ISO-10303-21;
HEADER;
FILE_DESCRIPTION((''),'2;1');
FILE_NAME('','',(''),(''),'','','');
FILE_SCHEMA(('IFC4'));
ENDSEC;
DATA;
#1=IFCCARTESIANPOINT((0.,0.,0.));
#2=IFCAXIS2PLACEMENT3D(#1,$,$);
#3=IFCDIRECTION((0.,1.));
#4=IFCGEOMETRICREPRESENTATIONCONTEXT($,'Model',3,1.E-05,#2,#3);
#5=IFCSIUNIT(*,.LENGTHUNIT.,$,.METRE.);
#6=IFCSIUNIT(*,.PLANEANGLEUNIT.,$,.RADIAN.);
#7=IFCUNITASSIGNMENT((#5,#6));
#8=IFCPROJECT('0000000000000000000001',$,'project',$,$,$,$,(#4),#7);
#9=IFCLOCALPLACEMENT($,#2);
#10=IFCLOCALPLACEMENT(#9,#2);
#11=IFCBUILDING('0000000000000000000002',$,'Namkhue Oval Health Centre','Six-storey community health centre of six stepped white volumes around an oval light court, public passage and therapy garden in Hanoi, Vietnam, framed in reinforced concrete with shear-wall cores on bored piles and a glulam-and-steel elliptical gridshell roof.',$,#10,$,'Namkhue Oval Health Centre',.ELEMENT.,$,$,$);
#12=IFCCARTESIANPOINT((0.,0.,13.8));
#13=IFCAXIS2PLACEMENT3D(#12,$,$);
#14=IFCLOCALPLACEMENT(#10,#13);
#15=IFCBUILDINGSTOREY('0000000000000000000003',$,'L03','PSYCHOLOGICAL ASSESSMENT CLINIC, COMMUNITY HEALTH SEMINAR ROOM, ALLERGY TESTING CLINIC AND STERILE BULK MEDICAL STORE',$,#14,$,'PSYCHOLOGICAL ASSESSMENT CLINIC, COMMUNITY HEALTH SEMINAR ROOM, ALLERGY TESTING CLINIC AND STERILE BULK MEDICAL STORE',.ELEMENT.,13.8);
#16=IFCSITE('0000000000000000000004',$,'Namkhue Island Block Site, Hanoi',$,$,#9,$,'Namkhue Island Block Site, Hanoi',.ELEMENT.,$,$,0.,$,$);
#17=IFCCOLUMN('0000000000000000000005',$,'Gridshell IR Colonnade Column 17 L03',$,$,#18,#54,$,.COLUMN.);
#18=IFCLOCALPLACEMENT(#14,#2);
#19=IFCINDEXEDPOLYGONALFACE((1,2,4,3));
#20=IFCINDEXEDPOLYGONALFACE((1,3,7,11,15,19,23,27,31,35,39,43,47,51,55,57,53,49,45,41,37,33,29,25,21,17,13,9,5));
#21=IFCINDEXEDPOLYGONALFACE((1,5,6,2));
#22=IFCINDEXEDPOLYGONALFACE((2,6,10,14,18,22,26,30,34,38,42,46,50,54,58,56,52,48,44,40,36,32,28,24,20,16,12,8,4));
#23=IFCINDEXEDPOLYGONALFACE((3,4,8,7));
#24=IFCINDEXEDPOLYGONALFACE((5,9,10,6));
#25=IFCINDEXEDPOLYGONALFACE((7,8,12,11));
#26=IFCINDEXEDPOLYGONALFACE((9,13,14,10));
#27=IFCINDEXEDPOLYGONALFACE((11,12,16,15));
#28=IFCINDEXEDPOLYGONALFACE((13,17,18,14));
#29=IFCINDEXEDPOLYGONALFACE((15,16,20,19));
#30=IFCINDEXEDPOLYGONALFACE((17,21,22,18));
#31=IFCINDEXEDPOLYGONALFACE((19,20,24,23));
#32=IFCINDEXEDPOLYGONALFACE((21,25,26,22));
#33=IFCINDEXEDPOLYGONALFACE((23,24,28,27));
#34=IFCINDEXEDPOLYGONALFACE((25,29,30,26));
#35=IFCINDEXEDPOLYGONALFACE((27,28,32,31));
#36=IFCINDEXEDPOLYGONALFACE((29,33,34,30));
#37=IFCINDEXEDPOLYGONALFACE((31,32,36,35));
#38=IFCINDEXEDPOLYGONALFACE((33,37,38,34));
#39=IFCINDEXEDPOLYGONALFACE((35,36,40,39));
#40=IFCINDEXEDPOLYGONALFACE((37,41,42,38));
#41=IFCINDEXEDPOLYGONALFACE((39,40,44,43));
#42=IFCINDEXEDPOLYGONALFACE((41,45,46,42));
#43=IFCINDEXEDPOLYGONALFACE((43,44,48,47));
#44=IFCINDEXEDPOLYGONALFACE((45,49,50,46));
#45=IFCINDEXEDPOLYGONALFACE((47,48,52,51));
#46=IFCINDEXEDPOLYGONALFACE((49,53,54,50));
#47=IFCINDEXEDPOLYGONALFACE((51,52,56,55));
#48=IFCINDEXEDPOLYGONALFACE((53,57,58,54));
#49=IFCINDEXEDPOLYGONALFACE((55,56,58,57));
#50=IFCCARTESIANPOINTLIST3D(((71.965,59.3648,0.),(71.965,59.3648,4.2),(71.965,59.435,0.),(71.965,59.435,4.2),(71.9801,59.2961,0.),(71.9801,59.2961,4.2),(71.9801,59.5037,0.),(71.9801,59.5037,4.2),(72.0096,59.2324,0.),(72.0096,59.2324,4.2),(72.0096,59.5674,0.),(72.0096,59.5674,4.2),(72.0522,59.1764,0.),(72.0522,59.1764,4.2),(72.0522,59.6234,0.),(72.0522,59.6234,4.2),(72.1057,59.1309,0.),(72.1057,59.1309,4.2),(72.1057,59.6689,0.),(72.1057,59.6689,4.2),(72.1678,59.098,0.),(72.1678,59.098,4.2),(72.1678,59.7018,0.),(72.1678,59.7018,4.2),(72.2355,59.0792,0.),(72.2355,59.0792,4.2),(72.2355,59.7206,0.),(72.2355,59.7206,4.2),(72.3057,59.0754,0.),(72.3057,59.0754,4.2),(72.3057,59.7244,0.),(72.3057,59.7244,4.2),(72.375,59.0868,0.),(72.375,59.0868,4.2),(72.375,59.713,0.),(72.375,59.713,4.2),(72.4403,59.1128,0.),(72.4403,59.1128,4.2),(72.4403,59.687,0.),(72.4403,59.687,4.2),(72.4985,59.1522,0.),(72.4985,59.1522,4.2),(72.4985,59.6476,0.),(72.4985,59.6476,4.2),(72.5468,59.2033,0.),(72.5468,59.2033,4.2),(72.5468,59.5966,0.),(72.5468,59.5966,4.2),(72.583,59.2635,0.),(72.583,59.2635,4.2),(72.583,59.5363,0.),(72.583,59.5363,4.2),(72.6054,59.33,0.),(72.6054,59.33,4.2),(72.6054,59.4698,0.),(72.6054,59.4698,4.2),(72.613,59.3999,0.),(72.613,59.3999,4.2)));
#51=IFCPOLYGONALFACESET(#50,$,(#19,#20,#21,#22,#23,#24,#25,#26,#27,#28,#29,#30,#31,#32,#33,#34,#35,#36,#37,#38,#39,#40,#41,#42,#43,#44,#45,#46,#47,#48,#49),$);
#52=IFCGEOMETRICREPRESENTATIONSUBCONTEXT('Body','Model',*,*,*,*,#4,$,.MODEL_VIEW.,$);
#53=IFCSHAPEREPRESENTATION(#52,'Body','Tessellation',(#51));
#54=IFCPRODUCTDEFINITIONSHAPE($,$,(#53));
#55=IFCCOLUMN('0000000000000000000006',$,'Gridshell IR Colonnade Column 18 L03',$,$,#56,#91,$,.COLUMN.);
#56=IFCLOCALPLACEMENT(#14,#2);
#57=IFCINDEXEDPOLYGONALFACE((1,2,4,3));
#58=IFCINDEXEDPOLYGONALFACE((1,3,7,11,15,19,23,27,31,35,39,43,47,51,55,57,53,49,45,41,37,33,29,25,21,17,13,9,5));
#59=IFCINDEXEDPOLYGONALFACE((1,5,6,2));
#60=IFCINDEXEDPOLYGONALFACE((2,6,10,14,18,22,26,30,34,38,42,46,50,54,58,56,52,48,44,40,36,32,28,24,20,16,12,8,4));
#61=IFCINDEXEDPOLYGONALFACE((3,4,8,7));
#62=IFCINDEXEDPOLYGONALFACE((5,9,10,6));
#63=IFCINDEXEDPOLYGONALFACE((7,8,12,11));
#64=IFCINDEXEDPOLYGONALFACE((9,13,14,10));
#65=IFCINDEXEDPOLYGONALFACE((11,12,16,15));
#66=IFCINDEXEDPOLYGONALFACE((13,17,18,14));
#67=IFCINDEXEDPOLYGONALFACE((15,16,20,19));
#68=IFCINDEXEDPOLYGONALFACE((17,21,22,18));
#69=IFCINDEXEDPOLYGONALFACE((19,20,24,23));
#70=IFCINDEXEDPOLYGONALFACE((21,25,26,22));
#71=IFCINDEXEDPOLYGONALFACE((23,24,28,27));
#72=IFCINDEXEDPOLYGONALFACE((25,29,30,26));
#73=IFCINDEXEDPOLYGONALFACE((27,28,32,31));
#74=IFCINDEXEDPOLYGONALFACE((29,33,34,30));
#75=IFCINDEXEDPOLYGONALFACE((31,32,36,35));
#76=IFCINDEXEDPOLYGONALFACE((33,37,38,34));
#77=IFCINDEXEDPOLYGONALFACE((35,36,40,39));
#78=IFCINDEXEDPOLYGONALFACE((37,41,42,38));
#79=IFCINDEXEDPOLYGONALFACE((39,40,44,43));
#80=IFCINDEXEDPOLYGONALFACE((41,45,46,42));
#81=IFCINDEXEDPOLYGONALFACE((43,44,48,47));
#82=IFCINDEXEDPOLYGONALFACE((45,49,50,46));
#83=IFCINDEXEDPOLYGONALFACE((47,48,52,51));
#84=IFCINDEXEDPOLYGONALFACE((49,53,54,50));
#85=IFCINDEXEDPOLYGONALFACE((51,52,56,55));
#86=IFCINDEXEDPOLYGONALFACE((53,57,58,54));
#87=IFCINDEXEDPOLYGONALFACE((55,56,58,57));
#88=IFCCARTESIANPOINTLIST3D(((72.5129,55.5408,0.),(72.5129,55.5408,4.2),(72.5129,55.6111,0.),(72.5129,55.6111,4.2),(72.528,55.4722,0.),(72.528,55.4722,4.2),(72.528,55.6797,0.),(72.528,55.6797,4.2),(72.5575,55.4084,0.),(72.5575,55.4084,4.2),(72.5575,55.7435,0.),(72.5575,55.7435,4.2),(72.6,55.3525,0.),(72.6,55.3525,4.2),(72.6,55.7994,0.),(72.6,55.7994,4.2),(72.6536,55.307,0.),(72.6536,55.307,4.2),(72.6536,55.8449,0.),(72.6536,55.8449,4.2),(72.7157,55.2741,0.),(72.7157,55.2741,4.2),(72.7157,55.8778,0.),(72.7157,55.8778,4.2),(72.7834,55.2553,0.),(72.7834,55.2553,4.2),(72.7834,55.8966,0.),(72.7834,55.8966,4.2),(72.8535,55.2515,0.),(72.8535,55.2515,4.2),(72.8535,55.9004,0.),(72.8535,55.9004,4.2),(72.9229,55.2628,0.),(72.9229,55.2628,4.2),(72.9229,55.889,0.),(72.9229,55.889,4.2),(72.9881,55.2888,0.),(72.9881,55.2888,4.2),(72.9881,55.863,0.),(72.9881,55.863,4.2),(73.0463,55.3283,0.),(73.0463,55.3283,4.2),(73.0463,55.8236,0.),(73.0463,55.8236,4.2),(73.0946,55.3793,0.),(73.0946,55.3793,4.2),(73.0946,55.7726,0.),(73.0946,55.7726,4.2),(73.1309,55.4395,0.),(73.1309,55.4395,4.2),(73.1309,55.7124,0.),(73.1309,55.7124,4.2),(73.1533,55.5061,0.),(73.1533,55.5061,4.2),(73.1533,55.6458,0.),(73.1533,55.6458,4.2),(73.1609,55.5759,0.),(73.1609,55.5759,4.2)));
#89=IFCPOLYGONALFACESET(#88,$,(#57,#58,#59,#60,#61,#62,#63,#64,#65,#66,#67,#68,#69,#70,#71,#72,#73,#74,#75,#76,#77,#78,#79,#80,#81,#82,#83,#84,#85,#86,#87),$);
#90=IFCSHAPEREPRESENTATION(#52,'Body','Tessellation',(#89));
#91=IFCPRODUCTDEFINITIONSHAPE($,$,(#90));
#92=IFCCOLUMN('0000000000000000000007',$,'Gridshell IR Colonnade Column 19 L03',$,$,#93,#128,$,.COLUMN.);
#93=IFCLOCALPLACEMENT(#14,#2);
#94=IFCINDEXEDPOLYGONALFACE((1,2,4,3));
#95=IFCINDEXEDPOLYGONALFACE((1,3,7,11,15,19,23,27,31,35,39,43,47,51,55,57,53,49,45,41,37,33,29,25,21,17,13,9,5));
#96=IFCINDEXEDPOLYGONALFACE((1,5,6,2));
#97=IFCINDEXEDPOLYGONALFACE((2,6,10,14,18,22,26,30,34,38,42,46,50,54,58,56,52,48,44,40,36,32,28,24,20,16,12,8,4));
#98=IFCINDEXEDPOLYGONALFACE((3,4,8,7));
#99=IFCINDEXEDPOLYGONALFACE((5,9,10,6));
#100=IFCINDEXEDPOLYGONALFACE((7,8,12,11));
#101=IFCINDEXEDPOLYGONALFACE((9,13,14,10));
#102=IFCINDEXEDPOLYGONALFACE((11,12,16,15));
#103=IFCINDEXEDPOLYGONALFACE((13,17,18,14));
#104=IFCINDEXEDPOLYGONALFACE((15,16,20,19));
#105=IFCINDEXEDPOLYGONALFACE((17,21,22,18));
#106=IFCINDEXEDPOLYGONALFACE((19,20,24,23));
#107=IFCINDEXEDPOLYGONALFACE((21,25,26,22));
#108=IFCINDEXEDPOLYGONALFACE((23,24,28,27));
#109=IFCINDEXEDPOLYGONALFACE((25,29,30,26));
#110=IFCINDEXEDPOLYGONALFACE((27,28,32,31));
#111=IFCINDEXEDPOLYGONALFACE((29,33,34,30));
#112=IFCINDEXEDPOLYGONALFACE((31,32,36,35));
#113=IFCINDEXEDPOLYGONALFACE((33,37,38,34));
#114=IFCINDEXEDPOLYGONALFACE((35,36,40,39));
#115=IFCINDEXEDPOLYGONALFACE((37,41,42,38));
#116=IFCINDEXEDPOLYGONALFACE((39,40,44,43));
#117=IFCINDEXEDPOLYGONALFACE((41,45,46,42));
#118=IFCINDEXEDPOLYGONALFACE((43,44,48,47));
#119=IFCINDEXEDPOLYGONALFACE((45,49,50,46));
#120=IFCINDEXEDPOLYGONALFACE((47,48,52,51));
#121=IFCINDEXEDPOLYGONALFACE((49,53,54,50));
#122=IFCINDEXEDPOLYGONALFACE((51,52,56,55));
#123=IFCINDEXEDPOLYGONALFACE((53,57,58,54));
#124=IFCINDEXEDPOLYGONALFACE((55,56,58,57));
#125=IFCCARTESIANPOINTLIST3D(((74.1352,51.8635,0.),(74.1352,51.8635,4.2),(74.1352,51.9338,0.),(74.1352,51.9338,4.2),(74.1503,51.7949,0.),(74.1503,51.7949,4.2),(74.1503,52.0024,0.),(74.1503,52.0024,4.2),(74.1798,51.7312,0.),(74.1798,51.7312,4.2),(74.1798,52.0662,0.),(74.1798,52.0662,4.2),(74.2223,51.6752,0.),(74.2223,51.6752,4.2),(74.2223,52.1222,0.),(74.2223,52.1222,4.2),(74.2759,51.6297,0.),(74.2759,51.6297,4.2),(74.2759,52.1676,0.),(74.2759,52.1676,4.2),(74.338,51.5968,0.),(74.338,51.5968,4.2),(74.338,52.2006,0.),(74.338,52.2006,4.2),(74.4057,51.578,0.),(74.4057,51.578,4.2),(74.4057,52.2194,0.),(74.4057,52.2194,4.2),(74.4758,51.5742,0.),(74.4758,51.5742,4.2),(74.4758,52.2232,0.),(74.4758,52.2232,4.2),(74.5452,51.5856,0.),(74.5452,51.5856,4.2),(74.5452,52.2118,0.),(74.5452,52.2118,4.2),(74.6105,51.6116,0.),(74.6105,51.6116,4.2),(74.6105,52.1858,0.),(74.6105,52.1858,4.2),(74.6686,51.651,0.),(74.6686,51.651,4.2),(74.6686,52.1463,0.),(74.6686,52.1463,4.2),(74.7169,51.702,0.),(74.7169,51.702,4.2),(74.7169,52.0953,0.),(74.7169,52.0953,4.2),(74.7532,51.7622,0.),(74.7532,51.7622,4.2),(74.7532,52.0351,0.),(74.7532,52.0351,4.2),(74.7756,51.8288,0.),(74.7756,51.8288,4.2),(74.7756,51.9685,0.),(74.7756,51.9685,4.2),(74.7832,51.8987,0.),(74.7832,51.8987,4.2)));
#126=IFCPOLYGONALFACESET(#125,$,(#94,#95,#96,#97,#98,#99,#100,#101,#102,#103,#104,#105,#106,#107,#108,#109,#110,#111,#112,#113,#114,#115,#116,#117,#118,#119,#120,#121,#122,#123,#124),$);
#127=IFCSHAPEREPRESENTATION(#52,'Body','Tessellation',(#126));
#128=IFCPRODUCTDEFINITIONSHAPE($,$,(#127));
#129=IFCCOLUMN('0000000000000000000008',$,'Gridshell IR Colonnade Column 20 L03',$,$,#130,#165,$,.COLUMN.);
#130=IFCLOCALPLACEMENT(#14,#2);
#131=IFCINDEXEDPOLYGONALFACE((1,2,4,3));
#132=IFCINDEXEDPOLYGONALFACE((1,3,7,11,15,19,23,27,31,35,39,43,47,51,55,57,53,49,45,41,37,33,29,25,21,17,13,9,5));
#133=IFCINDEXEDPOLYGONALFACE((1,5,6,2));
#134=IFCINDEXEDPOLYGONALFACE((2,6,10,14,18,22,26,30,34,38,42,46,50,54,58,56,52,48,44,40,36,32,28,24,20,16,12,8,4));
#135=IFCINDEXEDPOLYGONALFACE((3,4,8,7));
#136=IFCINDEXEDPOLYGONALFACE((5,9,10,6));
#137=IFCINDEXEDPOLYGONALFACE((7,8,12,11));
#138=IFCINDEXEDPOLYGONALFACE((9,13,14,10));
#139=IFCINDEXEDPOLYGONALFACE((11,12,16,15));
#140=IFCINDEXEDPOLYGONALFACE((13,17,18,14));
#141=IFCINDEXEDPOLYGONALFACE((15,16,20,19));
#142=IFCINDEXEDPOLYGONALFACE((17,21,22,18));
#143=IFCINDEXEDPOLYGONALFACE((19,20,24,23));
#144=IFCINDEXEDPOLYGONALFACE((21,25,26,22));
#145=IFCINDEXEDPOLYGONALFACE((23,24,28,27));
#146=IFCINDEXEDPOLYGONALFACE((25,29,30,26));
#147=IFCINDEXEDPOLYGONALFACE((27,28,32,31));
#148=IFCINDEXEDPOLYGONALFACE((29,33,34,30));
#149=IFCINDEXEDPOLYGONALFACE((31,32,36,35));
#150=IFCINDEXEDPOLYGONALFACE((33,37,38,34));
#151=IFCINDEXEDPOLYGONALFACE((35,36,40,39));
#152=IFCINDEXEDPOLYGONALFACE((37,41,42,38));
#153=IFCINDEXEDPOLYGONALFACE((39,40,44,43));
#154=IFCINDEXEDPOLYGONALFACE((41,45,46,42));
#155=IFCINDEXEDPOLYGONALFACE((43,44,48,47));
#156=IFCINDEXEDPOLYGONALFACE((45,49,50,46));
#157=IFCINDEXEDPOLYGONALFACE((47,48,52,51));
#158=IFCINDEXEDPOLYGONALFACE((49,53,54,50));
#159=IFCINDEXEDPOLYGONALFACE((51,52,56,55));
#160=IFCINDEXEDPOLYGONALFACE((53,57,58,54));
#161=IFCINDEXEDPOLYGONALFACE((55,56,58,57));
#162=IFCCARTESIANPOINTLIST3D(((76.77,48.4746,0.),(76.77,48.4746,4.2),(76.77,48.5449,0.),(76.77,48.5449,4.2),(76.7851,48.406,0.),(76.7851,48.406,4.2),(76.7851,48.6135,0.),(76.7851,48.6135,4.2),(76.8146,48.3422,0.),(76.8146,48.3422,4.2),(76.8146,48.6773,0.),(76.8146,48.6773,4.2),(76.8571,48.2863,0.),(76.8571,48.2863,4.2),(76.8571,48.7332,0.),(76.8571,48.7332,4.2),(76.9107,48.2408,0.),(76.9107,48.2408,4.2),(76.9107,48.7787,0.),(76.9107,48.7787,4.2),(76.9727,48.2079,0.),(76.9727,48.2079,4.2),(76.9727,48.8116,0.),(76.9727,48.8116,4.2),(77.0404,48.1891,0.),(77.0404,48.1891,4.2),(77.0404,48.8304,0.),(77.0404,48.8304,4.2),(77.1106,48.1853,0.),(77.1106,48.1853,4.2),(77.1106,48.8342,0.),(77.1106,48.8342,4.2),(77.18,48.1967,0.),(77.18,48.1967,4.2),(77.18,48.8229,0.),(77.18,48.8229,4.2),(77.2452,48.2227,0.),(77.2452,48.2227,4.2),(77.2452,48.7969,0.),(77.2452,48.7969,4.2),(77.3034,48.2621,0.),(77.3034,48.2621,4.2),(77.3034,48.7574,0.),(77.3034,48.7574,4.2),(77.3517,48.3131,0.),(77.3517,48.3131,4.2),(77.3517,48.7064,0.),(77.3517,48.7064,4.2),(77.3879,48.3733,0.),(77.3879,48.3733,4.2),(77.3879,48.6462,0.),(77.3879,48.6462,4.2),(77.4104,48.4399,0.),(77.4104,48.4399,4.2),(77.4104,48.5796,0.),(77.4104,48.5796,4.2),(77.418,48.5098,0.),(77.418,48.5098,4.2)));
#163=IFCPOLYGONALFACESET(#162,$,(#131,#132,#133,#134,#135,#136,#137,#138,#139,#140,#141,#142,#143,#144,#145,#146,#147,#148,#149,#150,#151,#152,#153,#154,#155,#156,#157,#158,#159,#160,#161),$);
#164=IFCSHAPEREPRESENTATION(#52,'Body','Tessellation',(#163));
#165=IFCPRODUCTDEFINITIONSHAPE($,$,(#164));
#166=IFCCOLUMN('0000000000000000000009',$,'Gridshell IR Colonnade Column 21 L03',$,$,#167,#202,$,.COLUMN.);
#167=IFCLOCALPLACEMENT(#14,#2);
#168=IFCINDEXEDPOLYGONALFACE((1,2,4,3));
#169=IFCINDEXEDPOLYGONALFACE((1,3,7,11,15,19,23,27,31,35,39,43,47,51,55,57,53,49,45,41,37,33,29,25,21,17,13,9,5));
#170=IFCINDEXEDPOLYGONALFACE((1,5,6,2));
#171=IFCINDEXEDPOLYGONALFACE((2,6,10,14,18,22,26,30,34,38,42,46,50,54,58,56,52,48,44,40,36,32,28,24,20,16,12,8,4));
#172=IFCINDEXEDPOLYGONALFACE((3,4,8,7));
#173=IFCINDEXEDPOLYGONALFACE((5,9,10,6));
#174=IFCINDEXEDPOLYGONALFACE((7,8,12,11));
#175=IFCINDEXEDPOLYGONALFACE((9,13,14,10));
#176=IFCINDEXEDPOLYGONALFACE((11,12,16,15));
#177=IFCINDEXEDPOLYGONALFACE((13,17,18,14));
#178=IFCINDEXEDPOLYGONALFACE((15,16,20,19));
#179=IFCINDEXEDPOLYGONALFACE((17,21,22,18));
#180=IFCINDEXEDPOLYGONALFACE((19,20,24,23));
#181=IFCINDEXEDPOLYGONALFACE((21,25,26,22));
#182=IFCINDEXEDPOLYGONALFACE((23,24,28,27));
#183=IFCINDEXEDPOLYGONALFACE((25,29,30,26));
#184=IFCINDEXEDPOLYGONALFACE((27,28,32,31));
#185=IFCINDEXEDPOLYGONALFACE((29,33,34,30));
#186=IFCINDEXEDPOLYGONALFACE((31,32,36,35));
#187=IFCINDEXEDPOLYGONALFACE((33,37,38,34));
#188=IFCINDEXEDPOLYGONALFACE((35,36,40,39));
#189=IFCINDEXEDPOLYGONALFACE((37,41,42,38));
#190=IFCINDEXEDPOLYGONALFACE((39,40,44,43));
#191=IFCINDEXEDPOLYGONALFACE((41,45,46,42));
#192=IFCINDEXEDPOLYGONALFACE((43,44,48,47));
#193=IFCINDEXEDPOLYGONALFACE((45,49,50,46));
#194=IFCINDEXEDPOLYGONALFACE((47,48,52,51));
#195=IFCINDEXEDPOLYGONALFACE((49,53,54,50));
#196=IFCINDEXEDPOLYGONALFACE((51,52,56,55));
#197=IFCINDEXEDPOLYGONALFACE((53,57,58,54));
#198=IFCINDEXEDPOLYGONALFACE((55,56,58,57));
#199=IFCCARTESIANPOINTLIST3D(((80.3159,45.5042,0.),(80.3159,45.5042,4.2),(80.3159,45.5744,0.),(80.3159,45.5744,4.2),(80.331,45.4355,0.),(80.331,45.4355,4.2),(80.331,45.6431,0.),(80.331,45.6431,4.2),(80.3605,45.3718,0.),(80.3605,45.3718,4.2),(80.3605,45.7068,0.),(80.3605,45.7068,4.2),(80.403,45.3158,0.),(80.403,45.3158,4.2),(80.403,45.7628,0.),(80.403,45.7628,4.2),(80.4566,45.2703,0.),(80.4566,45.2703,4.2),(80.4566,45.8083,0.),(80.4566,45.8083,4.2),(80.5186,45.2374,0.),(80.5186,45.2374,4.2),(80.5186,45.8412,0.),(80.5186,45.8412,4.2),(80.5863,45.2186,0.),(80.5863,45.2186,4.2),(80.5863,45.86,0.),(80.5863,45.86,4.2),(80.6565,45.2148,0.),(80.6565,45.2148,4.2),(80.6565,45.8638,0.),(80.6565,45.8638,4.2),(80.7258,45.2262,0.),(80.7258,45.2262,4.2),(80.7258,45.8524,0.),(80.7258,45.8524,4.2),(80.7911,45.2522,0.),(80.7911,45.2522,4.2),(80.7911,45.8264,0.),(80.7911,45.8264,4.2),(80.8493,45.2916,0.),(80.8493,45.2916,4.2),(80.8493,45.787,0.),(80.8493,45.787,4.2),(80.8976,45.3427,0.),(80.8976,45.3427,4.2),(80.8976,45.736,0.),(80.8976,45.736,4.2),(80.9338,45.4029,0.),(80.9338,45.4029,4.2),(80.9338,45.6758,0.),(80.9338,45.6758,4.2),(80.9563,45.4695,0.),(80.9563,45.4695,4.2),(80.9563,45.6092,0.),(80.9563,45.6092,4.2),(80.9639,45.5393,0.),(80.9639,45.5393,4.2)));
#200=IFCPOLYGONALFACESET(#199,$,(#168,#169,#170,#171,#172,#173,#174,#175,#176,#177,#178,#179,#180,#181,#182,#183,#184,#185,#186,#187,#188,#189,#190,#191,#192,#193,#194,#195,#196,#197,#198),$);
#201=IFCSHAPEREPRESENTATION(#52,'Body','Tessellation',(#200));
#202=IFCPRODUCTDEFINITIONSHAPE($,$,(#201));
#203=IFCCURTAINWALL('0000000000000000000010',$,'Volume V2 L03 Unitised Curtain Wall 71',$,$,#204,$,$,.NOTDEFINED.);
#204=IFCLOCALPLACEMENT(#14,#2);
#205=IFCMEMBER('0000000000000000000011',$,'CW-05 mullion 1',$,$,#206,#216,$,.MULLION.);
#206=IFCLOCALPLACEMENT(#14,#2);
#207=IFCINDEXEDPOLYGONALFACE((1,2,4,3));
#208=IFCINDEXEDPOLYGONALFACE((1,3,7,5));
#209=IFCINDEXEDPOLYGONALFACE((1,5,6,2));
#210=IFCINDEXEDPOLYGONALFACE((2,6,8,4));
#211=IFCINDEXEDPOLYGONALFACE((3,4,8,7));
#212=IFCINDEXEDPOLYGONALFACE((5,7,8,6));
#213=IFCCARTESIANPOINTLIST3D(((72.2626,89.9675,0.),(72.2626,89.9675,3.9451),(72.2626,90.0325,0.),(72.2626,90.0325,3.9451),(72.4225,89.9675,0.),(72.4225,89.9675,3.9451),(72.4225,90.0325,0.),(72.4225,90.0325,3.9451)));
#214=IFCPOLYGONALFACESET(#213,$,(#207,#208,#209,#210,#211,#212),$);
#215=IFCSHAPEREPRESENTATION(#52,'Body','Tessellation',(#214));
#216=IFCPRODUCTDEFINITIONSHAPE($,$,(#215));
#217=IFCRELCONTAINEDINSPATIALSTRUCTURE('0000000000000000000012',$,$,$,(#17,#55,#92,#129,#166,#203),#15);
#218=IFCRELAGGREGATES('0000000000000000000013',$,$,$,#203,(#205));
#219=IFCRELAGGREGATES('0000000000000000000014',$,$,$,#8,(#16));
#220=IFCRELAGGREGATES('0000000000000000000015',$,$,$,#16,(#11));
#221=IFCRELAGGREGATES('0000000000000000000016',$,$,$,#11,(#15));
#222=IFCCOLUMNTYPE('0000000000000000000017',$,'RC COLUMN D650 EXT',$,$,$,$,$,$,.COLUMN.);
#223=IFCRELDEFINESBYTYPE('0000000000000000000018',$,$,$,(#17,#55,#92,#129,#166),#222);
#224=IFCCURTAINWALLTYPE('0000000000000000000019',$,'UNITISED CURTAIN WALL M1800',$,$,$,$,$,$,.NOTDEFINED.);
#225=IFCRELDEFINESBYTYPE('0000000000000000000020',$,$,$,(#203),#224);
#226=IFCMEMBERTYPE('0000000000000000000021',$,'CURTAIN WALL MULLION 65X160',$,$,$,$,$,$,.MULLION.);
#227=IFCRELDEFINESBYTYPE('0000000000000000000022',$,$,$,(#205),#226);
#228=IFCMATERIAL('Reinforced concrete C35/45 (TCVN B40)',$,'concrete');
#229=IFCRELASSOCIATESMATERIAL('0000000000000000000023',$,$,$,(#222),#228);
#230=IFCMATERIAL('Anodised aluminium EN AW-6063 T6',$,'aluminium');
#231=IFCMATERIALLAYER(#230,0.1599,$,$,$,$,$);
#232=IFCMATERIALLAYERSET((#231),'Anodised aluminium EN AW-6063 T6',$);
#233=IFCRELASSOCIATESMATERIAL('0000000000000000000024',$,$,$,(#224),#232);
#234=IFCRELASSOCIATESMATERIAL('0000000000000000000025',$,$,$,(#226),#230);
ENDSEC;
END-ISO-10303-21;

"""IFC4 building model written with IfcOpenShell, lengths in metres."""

from ifc_helpers import new_model, si_unit, direction, frame, origin, origin_2d, place, context, subcontext, project, spatial, rectangle, circle, extrude, material, layer, layer_set, material_profile, profile_set, type_object, element, aggregate, save


model = new_model("IFC4")

# Units and contexts
model_context = context("Model", 3, precision=1e-05, world=origin(), true_north=direction((0.0, 1.0)))
body_context = subcontext(model_context, "Body", "Model", "MODEL_VIEW")
ifc_project = project(units=[si_unit("LENGTHUNIT", "METRE"), si_unit("PLANEANGLEUNIT", "RADIAN")], contexts=[model_context])

# Site, building, storey
site_placement = place(None, origin())
site = spatial("IfcSite", under=ifc_project, at=site_placement, Name="Namkhue Island Block Site, Hanoi", LongName="Namkhue Island Block Site, Hanoi", CompositionType="ELEMENT", RefElevation=0.0)
building_placement = place(site_placement, origin())
building = spatial("IfcBuilding", under=site, at=building_placement, Name="Namkhue Oval Health Centre", Description="Six-storey community health centre of six stepped white volumes around an oval light court, public passage and therapy garden in Hanoi, Vietnam, framed in reinforced concrete with shear-wall cores on bored piles and a glulam-and-steel elliptical gridshell roof.", LongName="Namkhue Oval Health Centre", CompositionType="ELEMENT")
storey_placement = place(building_placement, frame((0.0, 0.0, 13.8)))
storey = spatial("IfcBuildingStorey", under=building, at=storey_placement, Name="L03", Description="PSYCHOLOGICAL ASSESSMENT CLINIC, COMMUNITY HEALTH SEMINAR ROOM, ALLERGY TESTING CLINIC AND STERILE BULK MEDICAL STORE", LongName="PSYCHOLOGICAL ASSESSMENT CLINIC, COMMUNITY HEALTH SEMINAR ROOM, ALLERGY TESTING CLINIC AND STERILE BULK MEDICAL STORE", CompositionType="ELEMENT", Elevation=13.8)

# Columns
ifc_material_1 = material(Name="Reinforced concrete C35/45 (TCVN B40)", Category="concrete")
ifc_material_profile_1 = material_profile(ifc_material_1, circle(Radius=0.325, at=origin_2d()), Name="RC D650")
ifc_profile_set_1 = profile_set([ifc_material_profile_1], Name="Reinforced concrete C35/45 (TCVN B40)")
column_type_1 = type_object("IfcColumnType", Name="RC COLUMN D650 EXT", PredefinedType="COLUMN", material=ifc_profile_set_1)
for number, where, z_axis, x_axis, name in (
    (1, (72.2881, 59.3999, 0.0), (0.0, 0.0, 1.0), (1.0, 0.0, 0.0), "Gridshell IR Colonnade Column 17 L03"),
    (2, (72.8359, 55.5759, 0.0), (0.0, 0.0, 1.0), (1.0, 0.0, 0.0), "Gridshell IR Colonnade Column 18 L03"),
    (3, (74.4583, 51.8987, 0.0), (0.0, 0.0, 1.0), (1.0, 0.0, 0.0), "Gridshell IR Colonnade Column 19 L03"),
    (4, (77.093, 48.5098, 0.0), (0.0, 0.0, 1.0), (1.0, 0.0, 0.0), "Gridshell IR Colonnade Column 20 L03"),
    (5, (80.6389, 45.5393, 0.0), (0.0, 0.0, 1.0), (1.0, 0.0, 0.0), "Gridshell IR Colonnade Column 21 L03"),
):
    element("IfcColumn", number, at=place(storey_placement, frame(where, z_axis=z_axis, x_axis=x_axis)), inside=storey, type_object=column_type_1, Name=name, PredefinedType="COLUMN", context=body_context, shape_type="SweptSolid", body=[
        extrude(circle(Radius=0.325, at=origin_2d()), origin(), (0.0, 0.0, 1.0), 4.2),
    ])

# Curtain wall, member
ifc_material_2 = material(Name="Anodised aluminium EN AW-6063 T6", Category="aluminium")
ifc_layer_1 = layer(ifc_material_2, 0.1599)
ifc_layer_set_1 = layer_set([ifc_layer_1], Name="Anodised aluminium EN AW-6063 T6")
curtain_wall_type_1 = type_object("IfcCurtainWallType", Name="UNITISED CURTAIN WALL M1800", PredefinedType="NOTDEFINED", material=ifc_layer_set_1)
curtain_wall_1_placement = place(storey_placement, origin())
curtain_wall_1 = element("IfcCurtainWall", 6, at=curtain_wall_1_placement, inside=storey, type_object=curtain_wall_type_1, Name="Volume V2 L03 Unitised Curtain Wall 71", PredefinedType="NOTDEFINED")
ifc_material_profile_2 = material_profile(ifc_material_2, rectangle(XDim=0.0649, YDim=0.1599, at=origin_2d()), Name="ALU 65x160")
ifc_profile_set_2 = profile_set([ifc_material_profile_2], Name="Anodised aluminium EN AW-6063 T6")
member_type_1 = type_object("IfcMemberType", Name="CURTAIN WALL MULLION 65X160", PredefinedType="MULLION", material=ifc_profile_set_2)
member_1_placement = place(storey_placement, frame((72.3425, 90.0, 0.0), z_axis=(0.0, 0.0, 1.0), x_axis=(0.0, 1.0, 0.0)))
member_1 = element("IfcMember", 7, at=member_1_placement, type_object=member_type_1, Name="CW-05 mullion 1", PredefinedType="MULLION", context=body_context, shape_type="SweptSolid", body=[
    extrude(rectangle(XDim=0.0649, YDim=0.1599, at=origin_2d()), origin(), (0.0, 0.0, 1.0), 3.9451),
])
aggregate(curtain_wall_1, [member_1])

save(model, "model.ifc")
